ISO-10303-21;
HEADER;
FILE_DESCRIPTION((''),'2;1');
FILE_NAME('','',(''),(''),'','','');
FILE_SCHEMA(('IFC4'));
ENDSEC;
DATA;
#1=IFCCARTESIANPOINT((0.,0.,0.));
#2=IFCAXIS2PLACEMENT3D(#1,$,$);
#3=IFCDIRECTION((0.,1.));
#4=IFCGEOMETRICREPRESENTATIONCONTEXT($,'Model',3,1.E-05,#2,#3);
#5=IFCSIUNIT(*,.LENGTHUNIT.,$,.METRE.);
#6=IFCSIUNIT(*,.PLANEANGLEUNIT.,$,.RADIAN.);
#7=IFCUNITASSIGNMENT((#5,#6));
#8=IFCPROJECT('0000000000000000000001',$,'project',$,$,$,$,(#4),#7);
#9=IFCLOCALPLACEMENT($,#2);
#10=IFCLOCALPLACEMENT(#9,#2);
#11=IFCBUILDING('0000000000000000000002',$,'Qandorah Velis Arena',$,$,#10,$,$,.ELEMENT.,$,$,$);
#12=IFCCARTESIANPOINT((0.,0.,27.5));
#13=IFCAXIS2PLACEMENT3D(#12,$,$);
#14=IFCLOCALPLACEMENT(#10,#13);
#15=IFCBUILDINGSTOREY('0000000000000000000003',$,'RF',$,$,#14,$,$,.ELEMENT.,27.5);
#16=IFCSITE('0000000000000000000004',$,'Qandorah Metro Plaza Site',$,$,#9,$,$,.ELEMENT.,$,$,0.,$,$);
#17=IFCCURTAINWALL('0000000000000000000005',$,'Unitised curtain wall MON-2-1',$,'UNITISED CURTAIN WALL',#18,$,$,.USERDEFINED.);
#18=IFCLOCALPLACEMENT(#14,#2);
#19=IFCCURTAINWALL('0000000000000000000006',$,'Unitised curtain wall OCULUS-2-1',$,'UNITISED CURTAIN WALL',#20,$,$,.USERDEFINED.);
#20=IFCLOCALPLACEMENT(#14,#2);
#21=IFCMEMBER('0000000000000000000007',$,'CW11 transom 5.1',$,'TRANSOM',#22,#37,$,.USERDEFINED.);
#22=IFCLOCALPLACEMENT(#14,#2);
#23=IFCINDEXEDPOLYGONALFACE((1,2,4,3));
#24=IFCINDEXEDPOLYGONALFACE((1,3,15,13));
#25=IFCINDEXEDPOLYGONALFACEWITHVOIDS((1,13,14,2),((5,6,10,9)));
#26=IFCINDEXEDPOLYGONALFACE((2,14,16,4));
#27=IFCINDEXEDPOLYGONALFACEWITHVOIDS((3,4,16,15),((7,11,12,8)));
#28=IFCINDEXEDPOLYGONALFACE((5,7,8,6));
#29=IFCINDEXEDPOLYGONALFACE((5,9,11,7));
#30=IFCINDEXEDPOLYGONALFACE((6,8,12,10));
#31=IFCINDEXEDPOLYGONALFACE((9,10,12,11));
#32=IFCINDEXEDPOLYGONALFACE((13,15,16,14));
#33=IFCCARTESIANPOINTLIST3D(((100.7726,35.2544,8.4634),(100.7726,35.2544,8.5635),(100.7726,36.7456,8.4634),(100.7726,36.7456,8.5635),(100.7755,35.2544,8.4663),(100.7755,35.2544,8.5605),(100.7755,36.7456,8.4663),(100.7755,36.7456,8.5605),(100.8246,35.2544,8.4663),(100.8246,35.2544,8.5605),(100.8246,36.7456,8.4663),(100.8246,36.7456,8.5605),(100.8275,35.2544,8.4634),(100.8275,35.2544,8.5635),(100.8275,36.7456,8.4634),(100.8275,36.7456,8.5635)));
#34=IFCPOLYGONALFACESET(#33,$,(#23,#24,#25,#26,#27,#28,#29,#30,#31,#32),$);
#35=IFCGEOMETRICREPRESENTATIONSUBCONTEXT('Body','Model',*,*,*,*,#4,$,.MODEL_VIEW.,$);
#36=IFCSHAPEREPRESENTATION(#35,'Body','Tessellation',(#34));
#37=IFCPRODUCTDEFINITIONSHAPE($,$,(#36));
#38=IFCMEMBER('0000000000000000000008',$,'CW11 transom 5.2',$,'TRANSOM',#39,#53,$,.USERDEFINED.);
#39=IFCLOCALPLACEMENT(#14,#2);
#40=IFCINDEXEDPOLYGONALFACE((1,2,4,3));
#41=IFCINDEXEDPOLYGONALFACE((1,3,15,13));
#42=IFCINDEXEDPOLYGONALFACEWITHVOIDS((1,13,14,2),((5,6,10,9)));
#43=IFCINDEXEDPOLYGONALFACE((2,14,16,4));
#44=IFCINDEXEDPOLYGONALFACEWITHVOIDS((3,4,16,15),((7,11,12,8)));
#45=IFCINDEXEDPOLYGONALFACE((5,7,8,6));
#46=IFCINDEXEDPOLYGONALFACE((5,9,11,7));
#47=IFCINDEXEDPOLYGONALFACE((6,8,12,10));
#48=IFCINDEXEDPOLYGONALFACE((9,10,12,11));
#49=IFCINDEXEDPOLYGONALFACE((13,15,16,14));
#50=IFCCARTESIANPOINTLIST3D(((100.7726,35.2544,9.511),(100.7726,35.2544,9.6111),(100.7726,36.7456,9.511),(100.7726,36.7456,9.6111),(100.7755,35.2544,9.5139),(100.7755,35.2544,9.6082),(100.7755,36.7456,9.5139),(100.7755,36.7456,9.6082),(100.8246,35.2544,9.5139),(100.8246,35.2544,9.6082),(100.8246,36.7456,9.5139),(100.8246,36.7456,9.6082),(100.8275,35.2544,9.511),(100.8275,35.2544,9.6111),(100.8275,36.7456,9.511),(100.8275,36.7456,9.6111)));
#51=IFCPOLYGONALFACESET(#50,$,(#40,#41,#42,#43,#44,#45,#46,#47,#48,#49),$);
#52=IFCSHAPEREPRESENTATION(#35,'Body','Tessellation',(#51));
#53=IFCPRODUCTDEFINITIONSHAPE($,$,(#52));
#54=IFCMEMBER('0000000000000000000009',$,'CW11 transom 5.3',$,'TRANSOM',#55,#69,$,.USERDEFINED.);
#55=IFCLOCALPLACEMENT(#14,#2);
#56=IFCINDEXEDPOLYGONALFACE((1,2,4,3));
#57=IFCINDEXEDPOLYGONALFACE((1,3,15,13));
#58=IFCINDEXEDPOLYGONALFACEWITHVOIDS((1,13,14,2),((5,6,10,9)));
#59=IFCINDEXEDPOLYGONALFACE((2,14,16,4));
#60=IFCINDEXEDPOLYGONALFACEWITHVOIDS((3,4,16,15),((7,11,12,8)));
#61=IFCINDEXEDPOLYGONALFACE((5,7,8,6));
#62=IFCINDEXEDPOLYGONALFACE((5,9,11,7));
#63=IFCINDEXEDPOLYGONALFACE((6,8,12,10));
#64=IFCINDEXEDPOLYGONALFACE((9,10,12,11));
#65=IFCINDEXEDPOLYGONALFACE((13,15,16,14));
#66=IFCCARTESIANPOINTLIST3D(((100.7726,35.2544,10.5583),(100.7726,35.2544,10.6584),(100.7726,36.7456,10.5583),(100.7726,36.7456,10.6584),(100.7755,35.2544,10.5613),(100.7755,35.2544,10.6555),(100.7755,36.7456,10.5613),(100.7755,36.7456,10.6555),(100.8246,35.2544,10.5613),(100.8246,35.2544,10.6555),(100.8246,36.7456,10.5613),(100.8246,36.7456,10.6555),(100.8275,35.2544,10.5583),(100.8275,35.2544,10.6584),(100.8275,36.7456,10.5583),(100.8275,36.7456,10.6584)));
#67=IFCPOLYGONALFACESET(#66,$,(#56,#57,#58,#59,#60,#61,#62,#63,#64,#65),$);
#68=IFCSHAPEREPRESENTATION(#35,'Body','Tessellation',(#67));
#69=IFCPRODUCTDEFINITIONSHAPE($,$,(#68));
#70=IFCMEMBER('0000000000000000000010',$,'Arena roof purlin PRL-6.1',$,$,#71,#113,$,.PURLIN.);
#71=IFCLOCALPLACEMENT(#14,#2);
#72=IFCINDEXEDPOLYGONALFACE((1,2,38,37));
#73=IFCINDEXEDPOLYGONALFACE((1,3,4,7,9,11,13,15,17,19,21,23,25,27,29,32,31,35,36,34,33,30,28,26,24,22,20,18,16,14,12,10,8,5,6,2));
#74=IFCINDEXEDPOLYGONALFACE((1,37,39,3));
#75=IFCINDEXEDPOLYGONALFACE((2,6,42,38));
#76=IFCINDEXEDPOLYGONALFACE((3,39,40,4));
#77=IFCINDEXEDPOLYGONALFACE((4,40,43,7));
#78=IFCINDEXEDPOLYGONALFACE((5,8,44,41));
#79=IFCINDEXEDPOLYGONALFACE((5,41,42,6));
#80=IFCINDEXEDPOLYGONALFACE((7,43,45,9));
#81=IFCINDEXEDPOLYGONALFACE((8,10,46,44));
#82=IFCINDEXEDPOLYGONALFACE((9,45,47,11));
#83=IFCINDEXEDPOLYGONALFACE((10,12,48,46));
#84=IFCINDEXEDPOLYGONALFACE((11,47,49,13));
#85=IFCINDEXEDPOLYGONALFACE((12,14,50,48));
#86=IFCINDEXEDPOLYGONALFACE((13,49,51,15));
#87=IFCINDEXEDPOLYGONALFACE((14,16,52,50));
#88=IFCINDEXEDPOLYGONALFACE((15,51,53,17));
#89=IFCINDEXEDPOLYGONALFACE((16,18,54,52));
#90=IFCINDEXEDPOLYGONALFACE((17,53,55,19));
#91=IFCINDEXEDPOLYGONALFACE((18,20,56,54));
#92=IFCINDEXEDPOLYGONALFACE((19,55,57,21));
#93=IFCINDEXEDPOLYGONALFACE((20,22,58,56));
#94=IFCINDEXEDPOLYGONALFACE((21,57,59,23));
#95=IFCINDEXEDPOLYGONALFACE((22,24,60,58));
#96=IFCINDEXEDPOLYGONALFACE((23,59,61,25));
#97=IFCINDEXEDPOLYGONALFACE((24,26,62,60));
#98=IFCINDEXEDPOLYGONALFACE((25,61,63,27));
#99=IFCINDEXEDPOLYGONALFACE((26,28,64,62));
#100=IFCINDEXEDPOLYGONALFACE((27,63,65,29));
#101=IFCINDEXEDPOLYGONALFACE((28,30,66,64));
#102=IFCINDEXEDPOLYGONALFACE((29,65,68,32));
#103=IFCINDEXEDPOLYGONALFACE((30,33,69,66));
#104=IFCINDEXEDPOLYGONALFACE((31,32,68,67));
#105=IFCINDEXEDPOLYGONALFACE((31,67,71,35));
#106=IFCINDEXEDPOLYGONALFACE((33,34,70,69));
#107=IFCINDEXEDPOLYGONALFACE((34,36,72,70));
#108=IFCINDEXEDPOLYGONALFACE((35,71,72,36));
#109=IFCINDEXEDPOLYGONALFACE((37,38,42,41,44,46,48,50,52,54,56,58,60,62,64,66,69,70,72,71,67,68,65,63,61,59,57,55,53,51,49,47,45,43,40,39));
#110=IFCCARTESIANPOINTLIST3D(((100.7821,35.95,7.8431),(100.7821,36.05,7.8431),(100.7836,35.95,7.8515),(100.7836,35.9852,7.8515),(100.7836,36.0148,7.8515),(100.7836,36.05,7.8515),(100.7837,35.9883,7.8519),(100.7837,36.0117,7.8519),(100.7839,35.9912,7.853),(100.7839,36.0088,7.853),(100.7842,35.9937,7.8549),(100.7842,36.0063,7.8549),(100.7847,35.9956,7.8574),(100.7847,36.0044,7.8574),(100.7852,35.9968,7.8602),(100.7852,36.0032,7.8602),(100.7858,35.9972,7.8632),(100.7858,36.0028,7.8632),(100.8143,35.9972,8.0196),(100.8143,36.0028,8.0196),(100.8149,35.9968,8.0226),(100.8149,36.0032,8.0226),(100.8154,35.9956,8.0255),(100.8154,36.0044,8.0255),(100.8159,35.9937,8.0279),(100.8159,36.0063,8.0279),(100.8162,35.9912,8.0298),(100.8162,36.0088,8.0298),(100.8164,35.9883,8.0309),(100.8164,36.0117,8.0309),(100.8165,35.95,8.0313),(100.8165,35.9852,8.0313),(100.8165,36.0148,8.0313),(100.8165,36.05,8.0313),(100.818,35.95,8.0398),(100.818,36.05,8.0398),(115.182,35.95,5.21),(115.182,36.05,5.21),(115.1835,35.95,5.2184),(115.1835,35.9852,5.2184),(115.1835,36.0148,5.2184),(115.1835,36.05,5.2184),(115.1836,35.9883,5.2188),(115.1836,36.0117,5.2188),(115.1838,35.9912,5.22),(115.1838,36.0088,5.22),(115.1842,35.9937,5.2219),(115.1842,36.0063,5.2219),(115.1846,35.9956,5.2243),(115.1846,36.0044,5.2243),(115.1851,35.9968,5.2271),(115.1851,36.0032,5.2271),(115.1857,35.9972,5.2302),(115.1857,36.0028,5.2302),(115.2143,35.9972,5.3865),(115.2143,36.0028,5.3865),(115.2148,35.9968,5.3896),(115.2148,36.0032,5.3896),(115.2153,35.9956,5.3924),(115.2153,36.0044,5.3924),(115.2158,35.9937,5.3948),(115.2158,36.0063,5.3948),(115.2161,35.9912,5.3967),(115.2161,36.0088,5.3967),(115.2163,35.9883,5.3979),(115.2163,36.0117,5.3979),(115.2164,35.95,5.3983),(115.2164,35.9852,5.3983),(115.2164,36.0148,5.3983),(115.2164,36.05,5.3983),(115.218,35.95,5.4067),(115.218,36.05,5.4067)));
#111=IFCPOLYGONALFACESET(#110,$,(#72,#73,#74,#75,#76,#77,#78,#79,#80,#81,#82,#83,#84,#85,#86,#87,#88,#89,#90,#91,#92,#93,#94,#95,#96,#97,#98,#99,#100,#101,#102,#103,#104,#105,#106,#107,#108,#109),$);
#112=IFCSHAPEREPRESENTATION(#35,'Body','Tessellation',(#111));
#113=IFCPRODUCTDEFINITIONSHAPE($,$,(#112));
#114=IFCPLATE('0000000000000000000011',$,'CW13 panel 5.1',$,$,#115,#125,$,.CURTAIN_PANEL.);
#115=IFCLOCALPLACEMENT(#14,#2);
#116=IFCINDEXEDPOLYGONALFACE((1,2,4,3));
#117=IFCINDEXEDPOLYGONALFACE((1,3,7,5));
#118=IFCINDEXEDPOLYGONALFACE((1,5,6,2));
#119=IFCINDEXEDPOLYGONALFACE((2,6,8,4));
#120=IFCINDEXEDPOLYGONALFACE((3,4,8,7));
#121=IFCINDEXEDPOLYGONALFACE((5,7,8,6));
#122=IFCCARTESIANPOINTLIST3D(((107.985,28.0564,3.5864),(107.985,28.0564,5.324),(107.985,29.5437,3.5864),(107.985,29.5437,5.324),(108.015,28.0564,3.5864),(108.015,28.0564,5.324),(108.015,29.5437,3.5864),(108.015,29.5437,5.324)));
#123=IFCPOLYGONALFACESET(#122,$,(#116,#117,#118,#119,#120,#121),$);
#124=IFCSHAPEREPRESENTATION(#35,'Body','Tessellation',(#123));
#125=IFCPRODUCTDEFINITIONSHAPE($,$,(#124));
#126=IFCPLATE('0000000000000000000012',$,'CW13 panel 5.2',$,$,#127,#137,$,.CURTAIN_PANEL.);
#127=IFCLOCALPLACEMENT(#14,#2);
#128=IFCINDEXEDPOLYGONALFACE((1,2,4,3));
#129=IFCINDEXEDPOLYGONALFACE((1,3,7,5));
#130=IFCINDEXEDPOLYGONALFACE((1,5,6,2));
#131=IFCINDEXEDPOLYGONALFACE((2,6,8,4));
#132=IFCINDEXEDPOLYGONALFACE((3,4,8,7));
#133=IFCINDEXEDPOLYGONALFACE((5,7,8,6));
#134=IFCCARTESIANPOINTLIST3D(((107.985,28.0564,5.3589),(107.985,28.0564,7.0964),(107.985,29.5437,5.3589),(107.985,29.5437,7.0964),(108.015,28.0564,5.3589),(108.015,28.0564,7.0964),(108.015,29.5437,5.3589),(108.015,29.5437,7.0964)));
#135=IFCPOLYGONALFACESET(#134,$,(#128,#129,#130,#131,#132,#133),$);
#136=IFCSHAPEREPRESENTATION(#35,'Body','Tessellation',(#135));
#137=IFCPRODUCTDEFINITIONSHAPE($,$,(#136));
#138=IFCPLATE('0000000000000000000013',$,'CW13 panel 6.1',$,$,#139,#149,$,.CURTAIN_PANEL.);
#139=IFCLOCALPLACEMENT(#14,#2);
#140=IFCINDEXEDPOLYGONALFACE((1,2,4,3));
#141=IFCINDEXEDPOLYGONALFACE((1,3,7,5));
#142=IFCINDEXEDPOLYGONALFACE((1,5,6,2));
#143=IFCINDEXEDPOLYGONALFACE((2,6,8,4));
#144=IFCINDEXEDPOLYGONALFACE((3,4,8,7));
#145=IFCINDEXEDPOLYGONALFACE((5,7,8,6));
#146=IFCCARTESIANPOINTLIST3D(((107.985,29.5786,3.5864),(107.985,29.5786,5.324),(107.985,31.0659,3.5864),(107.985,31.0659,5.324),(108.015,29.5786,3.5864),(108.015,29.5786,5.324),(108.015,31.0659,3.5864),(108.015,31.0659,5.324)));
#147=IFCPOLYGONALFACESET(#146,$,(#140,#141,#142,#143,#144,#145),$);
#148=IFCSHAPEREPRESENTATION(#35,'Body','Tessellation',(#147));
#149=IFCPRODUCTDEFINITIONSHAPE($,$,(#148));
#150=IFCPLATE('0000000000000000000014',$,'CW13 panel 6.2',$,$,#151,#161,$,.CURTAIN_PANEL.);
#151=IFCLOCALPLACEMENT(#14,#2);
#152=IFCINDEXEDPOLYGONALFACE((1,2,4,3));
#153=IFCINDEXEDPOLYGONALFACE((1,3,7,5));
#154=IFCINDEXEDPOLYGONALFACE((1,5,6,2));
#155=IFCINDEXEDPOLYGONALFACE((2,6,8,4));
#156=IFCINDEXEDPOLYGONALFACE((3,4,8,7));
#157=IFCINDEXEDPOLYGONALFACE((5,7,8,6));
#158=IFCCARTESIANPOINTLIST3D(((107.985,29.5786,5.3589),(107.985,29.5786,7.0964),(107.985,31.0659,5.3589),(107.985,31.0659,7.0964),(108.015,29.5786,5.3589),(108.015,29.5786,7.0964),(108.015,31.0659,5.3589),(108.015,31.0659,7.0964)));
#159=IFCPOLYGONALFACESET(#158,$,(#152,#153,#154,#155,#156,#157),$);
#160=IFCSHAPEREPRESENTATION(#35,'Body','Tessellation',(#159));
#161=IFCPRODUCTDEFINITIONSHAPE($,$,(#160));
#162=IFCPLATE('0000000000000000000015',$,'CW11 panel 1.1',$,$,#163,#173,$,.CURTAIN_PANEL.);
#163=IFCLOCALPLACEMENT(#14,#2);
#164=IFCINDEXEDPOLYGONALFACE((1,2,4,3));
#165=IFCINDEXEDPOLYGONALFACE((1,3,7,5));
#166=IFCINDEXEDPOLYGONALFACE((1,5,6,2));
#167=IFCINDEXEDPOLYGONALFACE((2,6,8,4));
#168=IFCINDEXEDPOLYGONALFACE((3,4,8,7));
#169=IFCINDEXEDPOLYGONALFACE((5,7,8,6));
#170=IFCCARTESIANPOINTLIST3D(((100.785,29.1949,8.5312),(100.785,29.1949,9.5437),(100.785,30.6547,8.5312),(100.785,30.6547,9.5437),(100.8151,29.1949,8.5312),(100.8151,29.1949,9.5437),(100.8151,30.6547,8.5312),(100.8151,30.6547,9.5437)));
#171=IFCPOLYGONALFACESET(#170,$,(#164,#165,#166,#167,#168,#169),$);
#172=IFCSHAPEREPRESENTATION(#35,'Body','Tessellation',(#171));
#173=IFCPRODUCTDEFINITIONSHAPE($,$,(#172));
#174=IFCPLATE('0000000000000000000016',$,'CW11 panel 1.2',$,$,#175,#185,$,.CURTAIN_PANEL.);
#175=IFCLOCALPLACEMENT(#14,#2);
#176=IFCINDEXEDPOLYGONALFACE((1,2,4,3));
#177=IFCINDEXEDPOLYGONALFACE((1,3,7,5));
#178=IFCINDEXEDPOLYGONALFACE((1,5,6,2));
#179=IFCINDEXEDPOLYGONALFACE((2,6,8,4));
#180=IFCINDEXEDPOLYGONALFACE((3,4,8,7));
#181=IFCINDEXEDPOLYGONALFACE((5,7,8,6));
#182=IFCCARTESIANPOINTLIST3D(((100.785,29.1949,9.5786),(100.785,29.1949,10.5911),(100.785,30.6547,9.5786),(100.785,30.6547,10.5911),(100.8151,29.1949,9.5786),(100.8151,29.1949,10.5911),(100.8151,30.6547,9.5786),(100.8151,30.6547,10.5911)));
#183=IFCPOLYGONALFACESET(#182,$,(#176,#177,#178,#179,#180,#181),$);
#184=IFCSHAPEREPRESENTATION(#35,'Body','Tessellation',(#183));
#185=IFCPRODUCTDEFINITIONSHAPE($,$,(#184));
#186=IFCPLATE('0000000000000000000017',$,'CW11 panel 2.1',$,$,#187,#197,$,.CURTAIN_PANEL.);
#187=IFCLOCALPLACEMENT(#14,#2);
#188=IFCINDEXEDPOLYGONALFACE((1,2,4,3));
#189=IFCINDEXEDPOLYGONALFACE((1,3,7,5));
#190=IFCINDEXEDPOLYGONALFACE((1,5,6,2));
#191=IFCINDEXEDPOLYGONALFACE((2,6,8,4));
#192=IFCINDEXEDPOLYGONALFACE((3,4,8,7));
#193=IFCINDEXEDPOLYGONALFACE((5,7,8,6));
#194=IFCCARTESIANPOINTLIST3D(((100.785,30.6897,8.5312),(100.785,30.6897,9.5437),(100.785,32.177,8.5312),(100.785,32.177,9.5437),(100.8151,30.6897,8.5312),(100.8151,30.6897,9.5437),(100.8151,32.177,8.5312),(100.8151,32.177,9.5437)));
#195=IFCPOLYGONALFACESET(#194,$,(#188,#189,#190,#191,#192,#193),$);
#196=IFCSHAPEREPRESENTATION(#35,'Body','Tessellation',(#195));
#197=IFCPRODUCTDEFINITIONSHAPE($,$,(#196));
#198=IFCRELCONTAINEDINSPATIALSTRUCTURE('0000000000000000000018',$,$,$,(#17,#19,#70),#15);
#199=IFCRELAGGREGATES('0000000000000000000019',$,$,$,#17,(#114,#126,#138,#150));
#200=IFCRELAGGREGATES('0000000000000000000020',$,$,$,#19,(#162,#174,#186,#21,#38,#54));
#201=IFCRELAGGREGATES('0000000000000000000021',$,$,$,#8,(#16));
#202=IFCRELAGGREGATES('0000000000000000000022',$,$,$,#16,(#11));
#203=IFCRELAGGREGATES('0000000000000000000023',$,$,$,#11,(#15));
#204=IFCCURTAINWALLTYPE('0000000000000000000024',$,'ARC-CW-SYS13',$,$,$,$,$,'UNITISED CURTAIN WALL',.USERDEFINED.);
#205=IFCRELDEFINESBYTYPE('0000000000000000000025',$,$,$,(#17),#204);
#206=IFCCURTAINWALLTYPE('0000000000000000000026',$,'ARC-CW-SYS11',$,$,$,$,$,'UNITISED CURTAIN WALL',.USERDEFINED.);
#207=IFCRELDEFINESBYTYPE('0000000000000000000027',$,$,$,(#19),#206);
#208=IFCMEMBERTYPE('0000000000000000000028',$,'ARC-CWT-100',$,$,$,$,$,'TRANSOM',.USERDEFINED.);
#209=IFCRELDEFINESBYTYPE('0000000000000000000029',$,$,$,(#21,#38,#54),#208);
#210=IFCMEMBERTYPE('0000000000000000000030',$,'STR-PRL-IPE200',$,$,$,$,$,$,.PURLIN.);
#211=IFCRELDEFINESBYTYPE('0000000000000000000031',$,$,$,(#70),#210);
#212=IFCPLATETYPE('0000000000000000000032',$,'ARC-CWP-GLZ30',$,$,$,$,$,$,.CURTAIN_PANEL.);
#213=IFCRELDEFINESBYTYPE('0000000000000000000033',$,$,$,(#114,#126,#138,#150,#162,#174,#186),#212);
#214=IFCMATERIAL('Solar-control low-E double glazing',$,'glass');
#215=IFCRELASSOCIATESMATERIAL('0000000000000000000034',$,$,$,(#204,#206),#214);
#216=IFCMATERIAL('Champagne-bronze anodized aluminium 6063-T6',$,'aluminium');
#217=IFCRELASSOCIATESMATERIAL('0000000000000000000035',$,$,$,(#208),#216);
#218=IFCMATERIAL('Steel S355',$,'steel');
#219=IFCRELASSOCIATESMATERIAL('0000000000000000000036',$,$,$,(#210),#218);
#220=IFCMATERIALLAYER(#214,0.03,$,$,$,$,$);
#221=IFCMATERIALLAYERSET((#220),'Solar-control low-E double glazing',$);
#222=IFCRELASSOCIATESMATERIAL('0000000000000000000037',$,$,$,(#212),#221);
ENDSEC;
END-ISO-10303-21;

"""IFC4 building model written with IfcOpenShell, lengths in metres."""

from ifc_helpers import new_model, si_unit, direction, frame, origin, origin_2d, place, context, subcontext, project, spatial, rectangle, hollow_rectangle, i_section, extrude, material, layer, layer_set, material_profile, profile_set, type_object, element, aggregate, save


model = new_model("IFC4")

# Units and contexts
model_context = context("Model", 3, precision=1e-05, world=origin(), true_north=direction((0.0, 1.0)))
body_context = subcontext(model_context, "Body", "Model", "MODEL_VIEW")
ifc_project = project(units=[si_unit("LENGTHUNIT", "METRE"), si_unit("PLANEANGLEUNIT", "RADIAN")], contexts=[model_context])

# Site, building, storey
site_placement = place(None, origin())
site = spatial("IfcSite", under=ifc_project, at=site_placement, Name="Qandorah Metro Plaza Site", CompositionType="ELEMENT", RefElevation=0.0)
building_placement = place(site_placement, origin())
building = spatial("IfcBuilding", under=site, at=building_placement, Name="Qandorah Velis Arena", CompositionType="ELEMENT")
storey_placement = place(building_placement, frame((0.0, 0.0, 27.5)))
storey = spatial("IfcBuildingStorey", under=building, at=storey_placement, Name="RF", CompositionType="ELEMENT", Elevation=27.5)

# Curtain walls
ifc_material_1 = material(Name="Solar-control low-E double glazing", Category="glass")
curtain_wall_type_1 = type_object("IfcCurtainWallType", Name="ARC-CW-SYS13", ElementType="UNITISED CURTAIN WALL", PredefinedType="USERDEFINED", material=ifc_material_1)
curtain_wall_1_placement = place(storey_placement, origin())
curtain_wall_1 = element("IfcCurtainWall", 1, at=curtain_wall_1_placement, inside=storey, type_object=curtain_wall_type_1, Name="Unitised curtain wall MON-2-1", ObjectType="UNITISED CURTAIN WALL", PredefinedType="USERDEFINED")
ifc_material_2 = material(Name="Champagne-bronze anodized aluminium 6063-T6", Category="aluminium")
curtain_wall_type_2 = type_object("IfcCurtainWallType", Name="ARC-CW-SYS11", ElementType="UNITISED CURTAIN WALL", PredefinedType="USERDEFINED", material=ifc_material_1)
curtain_wall_2_placement = place(storey_placement, origin())
curtain_wall_2 = element("IfcCurtainWall", 2, at=curtain_wall_2_placement, inside=storey, type_object=curtain_wall_type_2, Name="Unitised curtain wall OCULUS-2-1", ObjectType="UNITISED CURTAIN WALL", PredefinedType="USERDEFINED")

# Members
ifc_material_profile_1 = material_profile(ifc_material_2, hollow_rectangle(XDim=0.0549, YDim=0.1001, WallThickness=0.0029, at=origin_2d()), Name="ALU TRANSOM 55x100")
ifc_profile_set_1 = profile_set([ifc_material_profile_1], Name="Champagne-bronze anodized aluminium 6063-T6")
member_type_1 = type_object("IfcMemberType", Name="ARC-CWT-100", ElementType="TRANSOM", PredefinedType="USERDEFINED", material=ifc_profile_set_1)
member_1_placement = place(storey_placement, frame((100.8, 35.2544, 8.5134), z_axis=(0.0, 1.0, 0.0), x_axis=(-1.0, 0.0, 0.0)))
member_1 = element("IfcMember", 3, at=member_1_placement, type_object=member_type_1, Name="CW11 transom 5.1", ObjectType="TRANSOM", PredefinedType="USERDEFINED", context=body_context, shape_type="SweptSolid", body=[
    extrude(hollow_rectangle(XDim=0.0549, YDim=0.1001, WallThickness=0.0029, at=origin_2d()), origin(), (0.0, 0.0, 1.0), 1.4912),
])
member_2_placement = place(storey_placement, frame((100.8, 35.2544, 9.561), z_axis=(0.0, 1.0, 0.0), x_axis=(-1.0, 0.0, 0.0)))
member_2 = element("IfcMember", 4, at=member_2_placement, type_object=member_type_1, Name="CW11 transom 5.2", ObjectType="TRANSOM", PredefinedType="USERDEFINED", context=body_context, shape_type="SweptSolid", body=[
    extrude(hollow_rectangle(XDim=0.0549, YDim=0.1001, WallThickness=0.0029, at=origin_2d()), origin(), (0.0, 0.0, 1.0), 1.4912),
])
member_3_placement = place(storey_placement, frame((100.8, 35.2544, 10.6084), z_axis=(0.0, 1.0, 0.0), x_axis=(-1.0, 0.0, 0.0)))
member_3 = element("IfcMember", 5, at=member_3_placement, type_object=member_type_1, Name="CW11 transom 5.3", ObjectType="TRANSOM", PredefinedType="USERDEFINED", context=body_context, shape_type="SweptSolid", body=[
    extrude(hollow_rectangle(XDim=0.0549, YDim=0.1001, WallThickness=0.0029, at=origin_2d()), origin(), (0.0, 0.0, 1.0), 1.4912),
])
ifc_material_3 = material(Name="Steel S355", Category="steel")
ifc_material_profile_2 = material_profile(ifc_material_3, i_section(OverallWidth=0.1001, OverallDepth=0.2, WebThickness=0.0056, FlangeThickness=0.0085, FilletRadius=0.012, at=origin_2d()), Name="IPE 200")
ifc_profile_set_2 = profile_set([ifc_material_profile_2], Name="Steel S355")
member_type_2 = type_object("IfcMemberType", Name="STR-PRL-IPE200", PredefinedType="PURLIN", material=ifc_profile_set_2)
member_4_placement = place(storey_placement, frame((100.8, 36.0, 7.9414), z_axis=(0.98369, 0.0, -0.17987), x_axis=(0.0, 1.0, 0.0)))
element("IfcMember", 6, at=member_4_placement, inside=storey, type_object=member_type_2, Name="Arena roof purlin PRL-6.1", PredefinedType="PURLIN", context=body_context, shape_type="SweptSolid", body=[
    extrude(i_section(OverallWidth=0.1001, OverallDepth=0.2, WebThickness=0.0056, FlangeThickness=0.0085, FilletRadius=0.012, at=origin_2d()), origin(), (0.0, 0.0, 1.0), 14.6387),
])

# Plates
ifc_layer = layer(ifc_material_1, 0.03)
ifc_layer_set = layer_set([ifc_layer], Name="Solar-control low-E double glazing")
plate_type = type_object("IfcPlateType", Name="ARC-CWP-GLZ30", PredefinedType="CURTAIN_PANEL", material=ifc_layer_set)
plate_1_placement = place(storey_placement, frame((108.0, 28.8, 3.5864), z_axis=(0.0, 0.0, 1.0), x_axis=(0.0, 1.0, 0.0)))
plate_1 = element("IfcPlate", 7, at=plate_1_placement, type_object=plate_type, Name="CW13 panel 5.1", PredefinedType="CURTAIN_PANEL", context=body_context, shape_type="SweptSolid", body=[
    extrude(rectangle(XDim=1.4873, YDim=0.03, at=origin_2d()), origin(), (0.0, 0.0, 1.0), 1.7375),
])
plate_2_placement = place(storey_placement, frame((108.0, 28.8, 5.3589), z_axis=(0.0, 0.0, 1.0), x_axis=(0.0, 1.0, 0.0)))
plate_2 = element("IfcPlate", 8, at=plate_2_placement, type_object=plate_type, Name="CW13 panel 5.2", PredefinedType="CURTAIN_PANEL", context=body_context, shape_type="SweptSolid", body=[
    extrude(rectangle(XDim=1.4873, YDim=0.03, at=origin_2d()), origin(), (0.0, 0.0, 1.0), 1.7375),
])
plate_3_placement = place(storey_placement, frame((108.0, 30.3223, 3.5864), z_axis=(0.0, 0.0, 1.0), x_axis=(0.0, 1.0, 0.0)))
plate_3 = element("IfcPlate", 9, at=plate_3_placement, type_object=plate_type, Name="CW13 panel 6.1", PredefinedType="CURTAIN_PANEL", context=body_context, shape_type="SweptSolid", body=[
    extrude(rectangle(XDim=1.4873, YDim=0.03, at=origin_2d()), origin(), (0.0, 0.0, 1.0), 1.7375),
])
plate_4_placement = place(storey_placement, frame((108.0, 30.3223, 5.3589), z_axis=(0.0, 0.0, 1.0), x_axis=(0.0, 1.0, 0.0)))
plate_4 = element("IfcPlate", 10, at=plate_4_placement, type_object=plate_type, Name="CW13 panel 6.2", PredefinedType="CURTAIN_PANEL", context=body_context, shape_type="SweptSolid", body=[
    extrude(rectangle(XDim=1.4873, YDim=0.03, at=origin_2d()), origin(), (0.0, 0.0, 1.0), 1.7375),
])
aggregate(curtain_wall_1, [plate_1, plate_2, plate_3, plate_4])
plate_5_placement = place(storey_placement, frame((100.8, 29.9248, 8.5312), z_axis=(0.0, 0.0, 1.0), x_axis=(0.0, 1.0, 0.0)))
plate_5 = element("IfcPlate", 11, at=plate_5_placement, type_object=plate_type, Name="CW11 panel 1.1", PredefinedType="CURTAIN_PANEL", context=body_context, shape_type="SweptSolid", body=[
    extrude(rectangle(XDim=1.4597, YDim=0.03, at=origin_2d()), origin(), (0.0, 0.0, 1.0), 1.0125),
])
plate_6_placement = place(storey_placement, frame((100.8, 29.9248, 9.5786), z_axis=(0.0, 0.0, 1.0), x_axis=(0.0, 1.0, 0.0)))
plate_6 = element("IfcPlate", 12, at=plate_6_placement, type_object=plate_type, Name="CW11 panel 1.2", PredefinedType="CURTAIN_PANEL", context=body_context, shape_type="SweptSolid", body=[
    extrude(rectangle(XDim=1.4597, YDim=0.03, at=origin_2d()), origin(), (0.0, 0.0, 1.0), 1.0125),
])
plate_7_placement = place(storey_placement, frame((100.8, 31.4333, 8.5312), z_axis=(0.0, 0.0, 1.0), x_axis=(0.0, 1.0, 0.0)))
plate_7 = element("IfcPlate", 13, at=plate_7_placement, type_object=plate_type, Name="CW11 panel 2.1", PredefinedType="CURTAIN_PANEL", context=body_context, shape_type="SweptSolid", body=[
    extrude(rectangle(XDim=1.4873, YDim=0.03, at=origin_2d()), origin(), (0.0, 0.0, 1.0), 1.0125),
])
aggregate(curtain_wall_2, [plate_5, plate_6, plate_7, member_1, member_2, member_3])

save(model, "model.ifc")
